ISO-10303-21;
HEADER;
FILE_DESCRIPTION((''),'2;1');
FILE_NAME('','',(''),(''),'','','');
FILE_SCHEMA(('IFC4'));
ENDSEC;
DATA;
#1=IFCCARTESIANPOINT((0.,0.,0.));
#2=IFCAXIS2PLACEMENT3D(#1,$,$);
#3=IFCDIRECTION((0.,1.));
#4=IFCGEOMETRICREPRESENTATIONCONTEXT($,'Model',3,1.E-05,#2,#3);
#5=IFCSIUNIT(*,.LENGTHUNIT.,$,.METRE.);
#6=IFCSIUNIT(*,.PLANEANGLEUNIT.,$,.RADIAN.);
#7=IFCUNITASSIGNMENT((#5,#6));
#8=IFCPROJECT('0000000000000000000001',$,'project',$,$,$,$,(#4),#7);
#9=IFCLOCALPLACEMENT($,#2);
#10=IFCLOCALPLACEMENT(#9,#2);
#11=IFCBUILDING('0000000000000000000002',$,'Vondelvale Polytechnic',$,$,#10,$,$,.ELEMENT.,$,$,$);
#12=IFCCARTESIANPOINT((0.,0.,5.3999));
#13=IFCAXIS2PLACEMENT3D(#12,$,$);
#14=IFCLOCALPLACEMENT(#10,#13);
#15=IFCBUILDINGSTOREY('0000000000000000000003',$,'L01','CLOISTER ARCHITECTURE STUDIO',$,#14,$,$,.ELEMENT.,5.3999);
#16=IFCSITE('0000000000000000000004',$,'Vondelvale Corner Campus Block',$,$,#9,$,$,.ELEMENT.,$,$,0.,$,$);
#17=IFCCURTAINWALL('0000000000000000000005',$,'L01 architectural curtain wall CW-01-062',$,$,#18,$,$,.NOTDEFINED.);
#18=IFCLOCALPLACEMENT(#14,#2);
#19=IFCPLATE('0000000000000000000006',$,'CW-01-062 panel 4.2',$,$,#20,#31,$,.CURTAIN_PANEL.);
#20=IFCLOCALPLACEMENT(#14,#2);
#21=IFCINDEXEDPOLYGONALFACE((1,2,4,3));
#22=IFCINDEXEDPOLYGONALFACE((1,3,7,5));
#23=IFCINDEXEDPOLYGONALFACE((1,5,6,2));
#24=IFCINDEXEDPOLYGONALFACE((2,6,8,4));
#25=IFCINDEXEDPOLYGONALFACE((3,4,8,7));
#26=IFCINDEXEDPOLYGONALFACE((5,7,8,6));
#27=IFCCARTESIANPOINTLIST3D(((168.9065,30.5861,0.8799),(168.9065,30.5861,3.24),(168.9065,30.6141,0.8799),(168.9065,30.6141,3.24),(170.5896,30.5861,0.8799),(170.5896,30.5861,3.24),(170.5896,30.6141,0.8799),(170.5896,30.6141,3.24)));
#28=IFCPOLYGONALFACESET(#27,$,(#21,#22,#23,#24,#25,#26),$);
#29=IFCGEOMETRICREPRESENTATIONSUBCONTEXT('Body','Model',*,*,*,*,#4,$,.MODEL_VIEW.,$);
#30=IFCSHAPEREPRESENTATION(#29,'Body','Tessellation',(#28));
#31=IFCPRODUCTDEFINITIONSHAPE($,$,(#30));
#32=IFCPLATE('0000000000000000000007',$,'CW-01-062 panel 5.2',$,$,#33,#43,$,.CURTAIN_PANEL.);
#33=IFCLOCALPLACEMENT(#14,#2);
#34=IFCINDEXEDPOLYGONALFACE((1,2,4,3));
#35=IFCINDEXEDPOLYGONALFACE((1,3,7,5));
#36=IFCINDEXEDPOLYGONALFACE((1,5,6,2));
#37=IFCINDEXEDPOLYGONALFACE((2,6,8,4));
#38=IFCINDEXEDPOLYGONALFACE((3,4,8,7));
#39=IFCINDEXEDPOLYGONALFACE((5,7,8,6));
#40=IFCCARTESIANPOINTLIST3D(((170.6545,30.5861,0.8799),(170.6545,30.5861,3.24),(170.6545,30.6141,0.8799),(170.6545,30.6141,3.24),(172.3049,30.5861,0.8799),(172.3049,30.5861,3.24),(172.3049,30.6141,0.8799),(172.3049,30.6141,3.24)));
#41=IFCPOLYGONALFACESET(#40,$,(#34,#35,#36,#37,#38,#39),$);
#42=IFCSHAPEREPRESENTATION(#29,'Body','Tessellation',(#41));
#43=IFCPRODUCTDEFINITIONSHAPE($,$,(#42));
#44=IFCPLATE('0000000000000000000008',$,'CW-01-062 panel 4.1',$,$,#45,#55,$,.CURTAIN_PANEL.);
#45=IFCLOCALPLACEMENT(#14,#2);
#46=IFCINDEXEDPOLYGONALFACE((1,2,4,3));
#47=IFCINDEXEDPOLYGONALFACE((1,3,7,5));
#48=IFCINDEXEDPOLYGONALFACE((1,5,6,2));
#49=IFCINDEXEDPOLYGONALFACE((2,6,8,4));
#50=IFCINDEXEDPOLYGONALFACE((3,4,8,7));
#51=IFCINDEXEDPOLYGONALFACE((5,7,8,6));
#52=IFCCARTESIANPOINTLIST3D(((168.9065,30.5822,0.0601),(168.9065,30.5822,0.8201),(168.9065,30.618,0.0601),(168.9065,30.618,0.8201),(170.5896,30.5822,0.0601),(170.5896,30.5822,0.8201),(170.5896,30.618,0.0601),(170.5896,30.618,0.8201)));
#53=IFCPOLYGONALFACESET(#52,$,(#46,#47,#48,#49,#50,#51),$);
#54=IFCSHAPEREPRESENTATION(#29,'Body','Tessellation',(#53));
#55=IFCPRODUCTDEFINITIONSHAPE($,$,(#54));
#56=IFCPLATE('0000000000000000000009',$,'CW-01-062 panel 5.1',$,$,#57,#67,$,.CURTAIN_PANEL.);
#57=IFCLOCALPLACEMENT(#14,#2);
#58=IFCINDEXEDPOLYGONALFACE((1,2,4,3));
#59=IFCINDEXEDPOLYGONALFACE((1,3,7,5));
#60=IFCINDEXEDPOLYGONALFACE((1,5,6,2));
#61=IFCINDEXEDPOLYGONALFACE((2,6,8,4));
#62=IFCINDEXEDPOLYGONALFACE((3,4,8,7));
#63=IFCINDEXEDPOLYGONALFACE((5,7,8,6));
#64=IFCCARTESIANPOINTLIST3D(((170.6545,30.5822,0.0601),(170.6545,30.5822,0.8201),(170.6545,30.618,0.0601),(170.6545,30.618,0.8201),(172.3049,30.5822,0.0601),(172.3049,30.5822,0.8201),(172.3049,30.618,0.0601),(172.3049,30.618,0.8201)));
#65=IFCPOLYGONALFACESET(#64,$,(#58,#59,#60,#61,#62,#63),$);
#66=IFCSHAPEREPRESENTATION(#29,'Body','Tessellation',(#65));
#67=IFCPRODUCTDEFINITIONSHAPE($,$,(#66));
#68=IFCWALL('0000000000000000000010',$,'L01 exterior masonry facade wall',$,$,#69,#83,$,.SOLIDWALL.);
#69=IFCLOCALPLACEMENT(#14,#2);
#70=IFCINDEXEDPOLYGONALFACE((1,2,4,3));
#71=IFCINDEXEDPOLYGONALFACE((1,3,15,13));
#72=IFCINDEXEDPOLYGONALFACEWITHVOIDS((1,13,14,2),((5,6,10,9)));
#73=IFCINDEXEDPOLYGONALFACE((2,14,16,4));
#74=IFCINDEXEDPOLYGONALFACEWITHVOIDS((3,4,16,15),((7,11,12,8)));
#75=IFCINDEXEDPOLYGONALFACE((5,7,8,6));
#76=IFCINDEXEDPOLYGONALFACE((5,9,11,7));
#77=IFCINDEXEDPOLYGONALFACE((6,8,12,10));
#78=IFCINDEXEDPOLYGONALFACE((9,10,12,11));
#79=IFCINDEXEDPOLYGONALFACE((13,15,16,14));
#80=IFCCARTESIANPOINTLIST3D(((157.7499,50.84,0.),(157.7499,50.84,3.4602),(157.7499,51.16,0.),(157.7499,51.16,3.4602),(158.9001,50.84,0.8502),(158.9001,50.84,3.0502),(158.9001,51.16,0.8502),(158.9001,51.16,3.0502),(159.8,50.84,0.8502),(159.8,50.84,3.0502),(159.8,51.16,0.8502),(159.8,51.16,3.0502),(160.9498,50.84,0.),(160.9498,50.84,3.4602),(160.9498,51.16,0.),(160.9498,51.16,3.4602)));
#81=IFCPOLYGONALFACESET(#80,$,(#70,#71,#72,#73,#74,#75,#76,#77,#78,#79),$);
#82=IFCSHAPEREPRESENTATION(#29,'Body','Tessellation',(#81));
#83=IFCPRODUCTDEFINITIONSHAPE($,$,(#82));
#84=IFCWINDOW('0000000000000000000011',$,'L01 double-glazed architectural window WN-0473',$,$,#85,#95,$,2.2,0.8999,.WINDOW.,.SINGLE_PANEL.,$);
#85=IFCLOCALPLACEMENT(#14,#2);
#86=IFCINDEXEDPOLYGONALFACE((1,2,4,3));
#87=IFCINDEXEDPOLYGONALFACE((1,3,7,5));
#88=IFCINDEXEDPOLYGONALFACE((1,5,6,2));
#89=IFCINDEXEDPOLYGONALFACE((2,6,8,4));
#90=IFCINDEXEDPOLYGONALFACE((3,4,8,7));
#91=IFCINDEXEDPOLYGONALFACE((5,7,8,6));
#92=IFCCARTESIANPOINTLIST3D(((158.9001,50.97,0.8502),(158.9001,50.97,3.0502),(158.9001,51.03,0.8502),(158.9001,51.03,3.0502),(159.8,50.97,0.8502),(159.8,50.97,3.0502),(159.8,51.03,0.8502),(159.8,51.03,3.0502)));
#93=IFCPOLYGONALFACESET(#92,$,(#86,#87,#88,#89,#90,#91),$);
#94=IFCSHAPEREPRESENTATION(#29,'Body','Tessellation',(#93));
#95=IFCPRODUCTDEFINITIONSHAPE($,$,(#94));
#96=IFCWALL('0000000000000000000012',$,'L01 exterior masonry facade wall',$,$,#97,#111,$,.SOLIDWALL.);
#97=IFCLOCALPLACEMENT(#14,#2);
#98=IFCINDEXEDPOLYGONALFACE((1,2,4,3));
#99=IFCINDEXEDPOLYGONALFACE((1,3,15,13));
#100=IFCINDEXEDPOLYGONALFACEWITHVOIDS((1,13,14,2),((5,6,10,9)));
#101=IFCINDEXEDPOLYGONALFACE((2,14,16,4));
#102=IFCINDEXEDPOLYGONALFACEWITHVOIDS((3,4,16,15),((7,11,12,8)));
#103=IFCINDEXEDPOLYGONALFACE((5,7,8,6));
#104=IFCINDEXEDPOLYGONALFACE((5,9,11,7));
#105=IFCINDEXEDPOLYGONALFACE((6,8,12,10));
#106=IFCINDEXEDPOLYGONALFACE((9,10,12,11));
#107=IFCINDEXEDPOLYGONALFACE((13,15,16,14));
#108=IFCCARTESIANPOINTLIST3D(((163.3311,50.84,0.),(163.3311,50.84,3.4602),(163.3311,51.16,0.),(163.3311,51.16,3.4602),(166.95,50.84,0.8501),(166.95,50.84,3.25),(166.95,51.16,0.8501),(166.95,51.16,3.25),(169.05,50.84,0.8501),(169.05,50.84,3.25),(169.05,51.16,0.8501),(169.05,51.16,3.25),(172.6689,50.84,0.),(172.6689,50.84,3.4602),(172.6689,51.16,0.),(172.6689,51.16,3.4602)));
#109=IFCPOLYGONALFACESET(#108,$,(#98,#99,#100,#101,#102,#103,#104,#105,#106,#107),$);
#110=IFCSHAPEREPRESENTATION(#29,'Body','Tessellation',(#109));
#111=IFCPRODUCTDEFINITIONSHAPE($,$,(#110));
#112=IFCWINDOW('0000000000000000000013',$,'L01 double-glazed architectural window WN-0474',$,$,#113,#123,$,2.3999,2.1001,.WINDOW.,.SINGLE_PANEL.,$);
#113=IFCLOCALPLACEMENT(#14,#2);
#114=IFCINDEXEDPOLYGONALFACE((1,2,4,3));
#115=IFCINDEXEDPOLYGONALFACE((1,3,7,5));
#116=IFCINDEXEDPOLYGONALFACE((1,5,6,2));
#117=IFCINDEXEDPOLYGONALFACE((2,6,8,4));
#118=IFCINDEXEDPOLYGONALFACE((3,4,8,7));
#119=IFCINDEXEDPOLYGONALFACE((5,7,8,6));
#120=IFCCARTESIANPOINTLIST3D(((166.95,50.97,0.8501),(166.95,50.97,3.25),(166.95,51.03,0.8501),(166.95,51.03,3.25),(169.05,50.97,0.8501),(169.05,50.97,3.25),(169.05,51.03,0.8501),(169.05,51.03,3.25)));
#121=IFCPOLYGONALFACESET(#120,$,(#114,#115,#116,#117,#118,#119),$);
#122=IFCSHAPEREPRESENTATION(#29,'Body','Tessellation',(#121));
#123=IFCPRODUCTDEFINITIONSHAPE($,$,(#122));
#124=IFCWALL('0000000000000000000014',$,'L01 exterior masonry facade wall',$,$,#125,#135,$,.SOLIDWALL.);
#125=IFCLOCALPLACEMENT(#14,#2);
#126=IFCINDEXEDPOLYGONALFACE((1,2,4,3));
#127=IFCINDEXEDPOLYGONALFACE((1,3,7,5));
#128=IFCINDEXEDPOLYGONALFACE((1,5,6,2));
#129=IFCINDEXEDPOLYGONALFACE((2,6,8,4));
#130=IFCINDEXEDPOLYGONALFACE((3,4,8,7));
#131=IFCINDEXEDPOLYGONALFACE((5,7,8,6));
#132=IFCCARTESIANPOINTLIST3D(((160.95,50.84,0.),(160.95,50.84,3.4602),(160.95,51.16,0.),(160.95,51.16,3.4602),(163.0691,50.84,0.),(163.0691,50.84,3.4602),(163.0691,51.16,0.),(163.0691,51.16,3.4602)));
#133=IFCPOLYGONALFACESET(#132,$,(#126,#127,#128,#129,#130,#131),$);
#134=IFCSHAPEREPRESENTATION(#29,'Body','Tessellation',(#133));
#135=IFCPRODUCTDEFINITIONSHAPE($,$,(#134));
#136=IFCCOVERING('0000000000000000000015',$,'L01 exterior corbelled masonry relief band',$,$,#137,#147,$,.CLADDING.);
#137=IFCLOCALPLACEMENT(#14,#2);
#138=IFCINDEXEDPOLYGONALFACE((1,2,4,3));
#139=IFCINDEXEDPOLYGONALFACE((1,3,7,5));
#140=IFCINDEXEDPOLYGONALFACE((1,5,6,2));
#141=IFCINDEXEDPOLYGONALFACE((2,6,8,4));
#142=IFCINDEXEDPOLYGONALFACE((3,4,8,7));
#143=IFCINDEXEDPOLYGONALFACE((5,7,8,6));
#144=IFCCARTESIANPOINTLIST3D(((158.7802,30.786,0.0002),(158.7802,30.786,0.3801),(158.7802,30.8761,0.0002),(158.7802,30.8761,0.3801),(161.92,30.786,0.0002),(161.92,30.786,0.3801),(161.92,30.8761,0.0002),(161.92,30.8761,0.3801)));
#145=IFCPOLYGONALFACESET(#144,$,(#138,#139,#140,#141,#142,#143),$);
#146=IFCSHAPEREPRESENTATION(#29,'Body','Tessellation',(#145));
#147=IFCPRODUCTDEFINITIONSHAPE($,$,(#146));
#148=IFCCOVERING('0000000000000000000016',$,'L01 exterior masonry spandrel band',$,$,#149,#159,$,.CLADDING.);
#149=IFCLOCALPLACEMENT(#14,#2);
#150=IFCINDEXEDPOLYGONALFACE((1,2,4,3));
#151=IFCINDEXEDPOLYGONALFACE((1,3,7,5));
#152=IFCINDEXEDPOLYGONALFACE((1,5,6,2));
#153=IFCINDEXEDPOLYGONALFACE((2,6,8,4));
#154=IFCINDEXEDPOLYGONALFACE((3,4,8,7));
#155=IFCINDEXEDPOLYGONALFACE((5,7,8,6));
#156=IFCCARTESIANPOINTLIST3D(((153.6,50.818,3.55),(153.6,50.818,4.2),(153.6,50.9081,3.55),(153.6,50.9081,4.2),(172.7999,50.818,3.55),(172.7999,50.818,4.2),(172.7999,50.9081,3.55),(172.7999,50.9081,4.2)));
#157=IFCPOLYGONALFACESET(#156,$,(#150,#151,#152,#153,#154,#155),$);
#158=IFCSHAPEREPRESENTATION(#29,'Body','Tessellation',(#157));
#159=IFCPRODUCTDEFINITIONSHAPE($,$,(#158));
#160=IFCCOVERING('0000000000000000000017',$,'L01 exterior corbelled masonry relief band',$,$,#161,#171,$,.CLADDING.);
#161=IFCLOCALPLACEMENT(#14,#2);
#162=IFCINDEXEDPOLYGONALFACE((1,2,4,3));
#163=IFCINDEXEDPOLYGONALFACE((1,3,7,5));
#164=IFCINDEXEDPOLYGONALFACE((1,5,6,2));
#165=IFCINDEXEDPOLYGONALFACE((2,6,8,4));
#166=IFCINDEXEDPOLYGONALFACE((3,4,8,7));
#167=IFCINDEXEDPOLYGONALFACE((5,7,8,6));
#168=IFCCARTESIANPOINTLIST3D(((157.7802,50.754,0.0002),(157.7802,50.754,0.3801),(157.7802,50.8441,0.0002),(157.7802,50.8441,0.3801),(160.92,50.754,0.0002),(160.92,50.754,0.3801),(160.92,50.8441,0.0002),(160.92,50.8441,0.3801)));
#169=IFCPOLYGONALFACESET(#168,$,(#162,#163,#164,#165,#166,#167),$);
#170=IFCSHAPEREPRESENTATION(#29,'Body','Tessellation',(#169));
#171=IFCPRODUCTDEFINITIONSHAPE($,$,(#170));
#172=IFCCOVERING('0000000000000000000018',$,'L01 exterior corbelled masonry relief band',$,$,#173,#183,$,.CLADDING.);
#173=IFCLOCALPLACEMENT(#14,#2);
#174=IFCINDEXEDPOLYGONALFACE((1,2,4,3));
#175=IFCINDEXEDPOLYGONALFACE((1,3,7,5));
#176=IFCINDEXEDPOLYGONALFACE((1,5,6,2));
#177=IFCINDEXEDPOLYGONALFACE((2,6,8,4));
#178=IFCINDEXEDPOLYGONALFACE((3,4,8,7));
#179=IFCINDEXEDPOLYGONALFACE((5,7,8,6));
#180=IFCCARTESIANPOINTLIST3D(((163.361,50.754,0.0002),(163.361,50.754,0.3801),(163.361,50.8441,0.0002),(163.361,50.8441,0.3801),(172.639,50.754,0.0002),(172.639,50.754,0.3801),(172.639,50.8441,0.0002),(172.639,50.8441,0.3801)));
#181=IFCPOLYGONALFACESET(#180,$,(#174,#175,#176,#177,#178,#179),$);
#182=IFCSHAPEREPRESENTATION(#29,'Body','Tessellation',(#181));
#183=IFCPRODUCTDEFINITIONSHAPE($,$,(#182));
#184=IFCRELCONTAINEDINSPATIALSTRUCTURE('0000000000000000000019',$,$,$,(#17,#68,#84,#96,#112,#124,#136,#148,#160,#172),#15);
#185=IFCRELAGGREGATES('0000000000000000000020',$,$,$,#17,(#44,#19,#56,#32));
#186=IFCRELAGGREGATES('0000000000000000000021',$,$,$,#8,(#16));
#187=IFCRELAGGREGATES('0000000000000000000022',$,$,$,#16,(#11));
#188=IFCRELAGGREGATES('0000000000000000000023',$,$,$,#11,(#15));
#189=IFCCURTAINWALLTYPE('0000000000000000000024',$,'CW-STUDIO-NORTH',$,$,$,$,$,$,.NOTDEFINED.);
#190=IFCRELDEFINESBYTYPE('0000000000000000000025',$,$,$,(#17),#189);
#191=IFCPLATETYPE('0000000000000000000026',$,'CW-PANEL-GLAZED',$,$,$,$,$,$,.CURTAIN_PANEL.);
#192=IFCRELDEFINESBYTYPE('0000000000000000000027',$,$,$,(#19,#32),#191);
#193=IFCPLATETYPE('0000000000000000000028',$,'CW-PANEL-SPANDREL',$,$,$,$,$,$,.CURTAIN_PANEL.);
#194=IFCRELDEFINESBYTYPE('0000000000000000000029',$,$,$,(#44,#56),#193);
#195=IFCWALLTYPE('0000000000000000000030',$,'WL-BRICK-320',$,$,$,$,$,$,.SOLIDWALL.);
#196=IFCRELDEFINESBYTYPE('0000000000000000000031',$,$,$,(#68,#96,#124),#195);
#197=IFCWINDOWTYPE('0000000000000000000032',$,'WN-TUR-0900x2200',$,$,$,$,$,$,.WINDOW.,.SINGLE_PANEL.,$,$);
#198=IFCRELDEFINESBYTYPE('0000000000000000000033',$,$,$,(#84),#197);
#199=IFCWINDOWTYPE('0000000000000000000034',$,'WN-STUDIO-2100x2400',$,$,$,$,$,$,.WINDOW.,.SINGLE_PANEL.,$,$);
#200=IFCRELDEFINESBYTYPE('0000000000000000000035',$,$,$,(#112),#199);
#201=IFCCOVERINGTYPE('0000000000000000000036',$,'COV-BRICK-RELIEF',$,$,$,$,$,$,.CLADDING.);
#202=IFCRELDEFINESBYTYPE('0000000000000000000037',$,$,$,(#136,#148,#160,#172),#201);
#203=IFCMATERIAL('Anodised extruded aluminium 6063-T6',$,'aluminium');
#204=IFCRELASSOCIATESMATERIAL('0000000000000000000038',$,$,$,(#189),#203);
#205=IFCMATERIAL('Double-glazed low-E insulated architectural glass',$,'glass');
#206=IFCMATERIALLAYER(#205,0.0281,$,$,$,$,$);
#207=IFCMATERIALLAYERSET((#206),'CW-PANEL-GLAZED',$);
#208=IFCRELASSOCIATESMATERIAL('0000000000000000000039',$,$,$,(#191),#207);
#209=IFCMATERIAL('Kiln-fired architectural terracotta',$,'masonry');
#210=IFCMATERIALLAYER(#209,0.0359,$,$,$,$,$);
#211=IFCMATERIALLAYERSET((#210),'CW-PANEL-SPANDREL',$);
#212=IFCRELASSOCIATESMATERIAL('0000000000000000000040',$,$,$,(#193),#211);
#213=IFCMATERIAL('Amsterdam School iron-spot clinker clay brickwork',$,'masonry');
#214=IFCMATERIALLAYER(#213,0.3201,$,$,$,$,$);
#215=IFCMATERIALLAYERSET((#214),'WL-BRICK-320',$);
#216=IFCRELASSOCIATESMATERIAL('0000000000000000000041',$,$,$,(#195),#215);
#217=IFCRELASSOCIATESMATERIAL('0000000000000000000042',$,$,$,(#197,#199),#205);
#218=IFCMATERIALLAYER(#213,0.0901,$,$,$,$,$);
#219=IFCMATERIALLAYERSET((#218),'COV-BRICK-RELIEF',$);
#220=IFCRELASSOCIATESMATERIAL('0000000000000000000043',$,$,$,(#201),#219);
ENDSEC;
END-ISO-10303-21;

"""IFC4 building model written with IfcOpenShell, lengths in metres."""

from ifc_helpers import new_model, si_unit, direction, frame, frame_2d, origin, origin_2d, place, context, subcontext, project, spatial, rectangle, extrude, material, layer, layer_set, type_object, element, fill, aggregate, save


model = new_model("IFC4")

# Units and contexts
model_context = context("Model", 3, precision=1e-05, world=origin(), true_north=direction((0.0, 1.0)))
body_context = subcontext(model_context, "Body", "Model", "MODEL_VIEW")
ifc_project = project(units=[si_unit("LENGTHUNIT", "METRE"), si_unit("PLANEANGLEUNIT", "RADIAN")], contexts=[model_context])

# Site, building, storey
site_placement = place(None, origin())
site = spatial("IfcSite", under=ifc_project, at=site_placement, Name="Vondelvale Corner Campus Block", CompositionType="ELEMENT", RefElevation=0.0)
building_placement = place(site_placement, origin())
building = spatial("IfcBuilding", under=site, at=building_placement, Name="Vondelvale Polytechnic", CompositionType="ELEMENT")
storey_placement = place(building_placement, frame((0.0, 0.0, 5.3999)))
storey = spatial("IfcBuildingStorey", under=building, at=storey_placement, Name="L01", Description="CLOISTER ARCHITECTURE STUDIO", CompositionType="ELEMENT", Elevation=5.3999)

# Curtain wall, plates
ifc_material_1 = material(Name="Anodised extruded aluminium 6063-T6", Category="aluminium")
curtain_wall_type = type_object("IfcCurtainWallType", Name="CW-STUDIO-NORTH", PredefinedType="NOTDEFINED", material=ifc_material_1)
curtain_wall_placement = place(storey_placement, origin())
curtain_wall = element("IfcCurtainWall", 1, at=curtain_wall_placement, inside=storey, type_object=curtain_wall_type, Name="L01 architectural curtain wall CW-01-062", PredefinedType="NOTDEFINED")
ifc_material_2 = material(Name="Double-glazed low-E insulated architectural glass", Category="glass")
ifc_layer_1 = layer(ifc_material_2, 0.0281)
ifc_layer_set_1 = layer_set([ifc_layer_1], Name="CW-PANEL-GLAZED")
plate_type_1 = type_object("IfcPlateType", Name="CW-PANEL-GLAZED", PredefinedType="CURTAIN_PANEL", material=ifc_layer_set_1)
plate_1_placement = place(storey_placement, frame((169.748, 30.6001, 0.8799), z_axis=(0.0, 0.0, 1.0), x_axis=(1.0, 0.0, 0.0)))
plate_1 = element("IfcPlate", 2, at=plate_1_placement, type_object=plate_type_1, Name="CW-01-062 panel 4.2", PredefinedType="CURTAIN_PANEL", context=body_context, shape_type="SweptSolid", body=[
    extrude(rectangle(XDim=1.6831, YDim=0.0281, at=origin_2d()), origin(), (0.0, 0.0, 1.0), 2.3601),
])
plate_2_placement = place(storey_placement, frame((171.4797, 30.6001, 0.8799), z_axis=(0.0, 0.0, 1.0), x_axis=(1.0, 0.0, 0.0)))
plate_2 = element("IfcPlate", 3, at=plate_2_placement, type_object=plate_type_1, Name="CW-01-062 panel 5.2", PredefinedType="CURTAIN_PANEL", context=body_context, shape_type="SweptSolid", body=[
    extrude(rectangle(XDim=1.6504, YDim=0.0281, at=origin_2d()), origin(), (0.0, 0.0, 1.0), 2.3601),
])
ifc_material_3 = material(Name="Kiln-fired architectural terracotta", Category="masonry")
ifc_layer_2 = layer(ifc_material_3, 0.0359)
ifc_layer_set_2 = layer_set([ifc_layer_2], Name="CW-PANEL-SPANDREL")
plate_type_2 = type_object("IfcPlateType", Name="CW-PANEL-SPANDREL", PredefinedType="CURTAIN_PANEL", material=ifc_layer_set_2)
plate_3_placement = place(storey_placement, frame((169.748, 30.6001, 0.0601), z_axis=(0.0, 0.0, 1.0), x_axis=(1.0, 0.0, 0.0)))
plate_3 = element("IfcPlate", 4, at=plate_3_placement, type_object=plate_type_2, Name="CW-01-062 panel 4.1", PredefinedType="CURTAIN_PANEL", context=body_context, shape_type="SweptSolid", body=[
    extrude(rectangle(XDim=1.6831, YDim=0.0359, at=origin_2d()), origin(), (0.0, 0.0, 1.0), 0.76),
])
plate_4_placement = place(storey_placement, frame((171.4797, 30.6001, 0.0601), z_axis=(0.0, 0.0, 1.0), x_axis=(1.0, 0.0, 0.0)))
plate_4 = element("IfcPlate", 5, at=plate_4_placement, type_object=plate_type_2, Name="CW-01-062 panel 5.1", PredefinedType="CURTAIN_PANEL", context=body_context, shape_type="SweptSolid", body=[
    extrude(rectangle(XDim=1.6504, YDim=0.0359, at=origin_2d()), origin(), (0.0, 0.0, 1.0), 0.76),
])
aggregate(curtain_wall, [plate_3, plate_1, plate_4, plate_2])

# Walls, openings, windows
ifc_material_4 = material(Name="Amsterdam School iron-spot clinker clay brickwork", Category="masonry")
ifc_layer_3 = layer(ifc_material_4, 0.3201)
ifc_layer_set_3 = layer_set([ifc_layer_3], Name="WL-BRICK-320")
wall_type = type_object("IfcWallType", Name="WL-BRICK-320", PredefinedType="SOLIDWALL", material=ifc_layer_set_3)
wall_1_placement = place(storey_placement, frame((160.95, 51.0, 0.0), z_axis=(0.0, 0.0, 1.0), x_axis=(-1.0, 0.0, 0.0)))
wall_1 = element("IfcWall", 6, at=wall_1_placement, inside=storey, type_object=wall_type, Name="L01 exterior masonry facade wall", PredefinedType="SOLIDWALL", context=body_context, shape_type="SweptSolid", body=[
    extrude(rectangle(XDim=3.2, YDim=0.3201, at=frame_2d((1.6001, 0.0))), origin(), (0.0, 0.0, 1.0), 3.4602),
])
opening_1_placement = place(wall_1_placement, frame((1.1499, 0.0, 0.8501)))
opening_1 = element("IfcOpeningElement", 7, at=opening_1_placement, cuts=wall_1, PredefinedType="OPENING", context=body_context, shape_type="SweptSolid", body=[
    extrude(rectangle(XDim=0.8999, YDim=2.2, at=frame_2d((0.45, 1.1001))), frame((0.0, 0.1699, 0.0), z_axis=(0.0, -1.0, 0.0), x_axis=(1.0, 0.0, 0.0)), (0.0, 0.0, 1.0), 0.3401),
])
window_type_1 = type_object("IfcWindowType", Name="WN-TUR-0900x2200", PartitioningType="SINGLE_PANEL", PredefinedType="WINDOW", material=ifc_material_2)
window_1_placement = place(opening_1_placement, origin())
window_1 = element("IfcWindow", 8, at=window_1_placement, inside=storey, type_object=window_type_1, Name="L01 double-glazed architectural window WN-0473", OverallHeight=2.2, OverallWidth=0.8999, PartitioningType="SINGLE_PANEL", PredefinedType="WINDOW", context=body_context, shape_type="SweptSolid", body=[
    extrude(rectangle(XDim=0.8999, YDim=2.2, at=frame_2d((0.45, 1.1001))), frame((0.0, 0.03, 0.0), z_axis=(0.0, -1.0, 0.0), x_axis=(1.0, 0.0, 0.0)), (0.0, 0.0, 1.0), 0.0601),
])
fill(opening_1, window_1)
wall_2_placement = place(storey_placement, frame((172.6689, 51.0, 0.0), z_axis=(0.0, 0.0, 1.0), x_axis=(-1.0, 0.0, 0.0)))
wall_2 = element("IfcWall", 9, at=wall_2_placement, inside=storey, type_object=wall_type, Name="L01 exterior masonry facade wall", PredefinedType="SOLIDWALL", context=body_context, shape_type="SweptSolid", body=[
    extrude(rectangle(XDim=9.3379, YDim=0.3201, at=frame_2d((4.6689, 0.0))), origin(), (0.0, 0.0, 1.0), 3.4602),
])
opening_2_placement = place(wall_2_placement, frame((3.6189, 0.0, 0.8501)))
opening_2 = element("IfcOpeningElement", 10, at=opening_2_placement, cuts=wall_2, PredefinedType="OPENING", context=body_context, shape_type="SweptSolid", body=[
    extrude(rectangle(XDim=2.1001, YDim=2.3999, at=frame_2d((1.05, 1.2))), frame((0.0, 0.1699, 0.0), z_axis=(0.0, -1.0, 0.0), x_axis=(1.0, 0.0, 0.0)), (0.0, 0.0, 1.0), 0.3401),
])
window_type_2 = type_object("IfcWindowType", Name="WN-STUDIO-2100x2400", PartitioningType="SINGLE_PANEL", PredefinedType="WINDOW", material=ifc_material_2)
window_2_placement = place(opening_2_placement, origin())
window_2 = element("IfcWindow", 11, at=window_2_placement, inside=storey, type_object=window_type_2, Name="L01 double-glazed architectural window WN-0474", OverallHeight=2.3999, OverallWidth=2.1001, PartitioningType="SINGLE_PANEL", PredefinedType="WINDOW", context=body_context, shape_type="SweptSolid", body=[
    extrude(rectangle(XDim=2.1001, YDim=2.3999, at=frame_2d((1.05, 1.2))), frame((0.0, 0.03, 0.0), z_axis=(0.0, -1.0, 0.0), x_axis=(1.0, 0.0, 0.0)), (0.0, 0.0, 1.0), 0.0601),
])
fill(opening_2, window_2)

# Wall
wall_3_placement = place(storey_placement, frame((163.0691, 51.0, 0.0), z_axis=(0.0, 0.0, 1.0), x_axis=(-1.0, 0.0, 0.0)))
element("IfcWall", 12, at=wall_3_placement, inside=storey, type_object=wall_type, Name="L01 exterior masonry facade wall", PredefinedType="SOLIDWALL", context=body_context, shape_type="SweptSolid", body=[
    extrude(rectangle(XDim=2.1191, YDim=0.3201, at=frame_2d((1.0596, 0.0))), origin(), (0.0, 0.0, 1.0), 3.4602),
])

# Coverings
ifc_layer_4 = layer(ifc_material_4, 0.0901)
ifc_layer_set_4 = layer_set([ifc_layer_4], Name="COV-BRICK-RELIEF")
covering_type = type_object("IfcCoveringType", Name="COV-BRICK-RELIEF", PredefinedType="CLADDING", material=ifc_layer_set_4)
covering_1_placement = place(storey_placement, frame((160.3501, 30.8311, 0.0002), z_axis=(0.0, 0.0, 1.0), x_axis=(1.0, 0.0, 0.0)))
element("IfcCovering", 13, at=covering_1_placement, inside=storey, type_object=covering_type, Name="L01 exterior corbelled masonry relief band", PredefinedType="CLADDING", context=body_context, shape_type="SweptSolid", body=[
    extrude(rectangle(XDim=3.1399, YDim=0.0901, at=origin_2d()), origin(), (0.0, 0.0, 1.0), 0.3799),
])
covering_2_placement = place(storey_placement, frame((163.2, 50.863, 3.55), z_axis=(0.0, 0.0, 1.0), x_axis=(1.0, 0.0, 0.0)))
element("IfcCovering", 14, at=covering_2_placement, inside=storey, type_object=covering_type, Name="L01 exterior masonry spandrel band", PredefinedType="CLADDING", context=body_context, shape_type="SweptSolid", body=[
    extrude(rectangle(XDim=19.2, YDim=0.0901, at=origin_2d()), origin(), (0.0, 0.0, 1.0), 0.6499),
])
covering_3_placement = place(storey_placement, frame((159.3501, 50.7991, 0.0002), z_axis=(0.0, 0.0, 1.0), x_axis=(-1.0, 0.0, 0.0)))
element("IfcCovering", 15, at=covering_3_placement, inside=storey, type_object=covering_type, Name="L01 exterior corbelled masonry relief band", PredefinedType="CLADDING", context=body_context, shape_type="SweptSolid", body=[
    extrude(rectangle(XDim=3.1399, YDim=0.0901, at=origin_2d()), origin(), (0.0, 0.0, 1.0), 0.3799),
])
covering_4_placement = place(storey_placement, frame((168.0, 50.7991, 0.0002), z_axis=(0.0, 0.0, 1.0), x_axis=(-1.0, 0.0, 0.0)))
element("IfcCovering", 16, at=covering_4_placement, inside=storey, type_object=covering_type, Name="L01 exterior corbelled masonry relief band", PredefinedType="CLADDING", context=body_context, shape_type="SweptSolid", body=[
    extrude(rectangle(XDim=9.2781, YDim=0.0901, at=origin_2d()), origin(), (0.0, 0.0, 1.0), 0.3799),
])

save(model, "model.ifc")
